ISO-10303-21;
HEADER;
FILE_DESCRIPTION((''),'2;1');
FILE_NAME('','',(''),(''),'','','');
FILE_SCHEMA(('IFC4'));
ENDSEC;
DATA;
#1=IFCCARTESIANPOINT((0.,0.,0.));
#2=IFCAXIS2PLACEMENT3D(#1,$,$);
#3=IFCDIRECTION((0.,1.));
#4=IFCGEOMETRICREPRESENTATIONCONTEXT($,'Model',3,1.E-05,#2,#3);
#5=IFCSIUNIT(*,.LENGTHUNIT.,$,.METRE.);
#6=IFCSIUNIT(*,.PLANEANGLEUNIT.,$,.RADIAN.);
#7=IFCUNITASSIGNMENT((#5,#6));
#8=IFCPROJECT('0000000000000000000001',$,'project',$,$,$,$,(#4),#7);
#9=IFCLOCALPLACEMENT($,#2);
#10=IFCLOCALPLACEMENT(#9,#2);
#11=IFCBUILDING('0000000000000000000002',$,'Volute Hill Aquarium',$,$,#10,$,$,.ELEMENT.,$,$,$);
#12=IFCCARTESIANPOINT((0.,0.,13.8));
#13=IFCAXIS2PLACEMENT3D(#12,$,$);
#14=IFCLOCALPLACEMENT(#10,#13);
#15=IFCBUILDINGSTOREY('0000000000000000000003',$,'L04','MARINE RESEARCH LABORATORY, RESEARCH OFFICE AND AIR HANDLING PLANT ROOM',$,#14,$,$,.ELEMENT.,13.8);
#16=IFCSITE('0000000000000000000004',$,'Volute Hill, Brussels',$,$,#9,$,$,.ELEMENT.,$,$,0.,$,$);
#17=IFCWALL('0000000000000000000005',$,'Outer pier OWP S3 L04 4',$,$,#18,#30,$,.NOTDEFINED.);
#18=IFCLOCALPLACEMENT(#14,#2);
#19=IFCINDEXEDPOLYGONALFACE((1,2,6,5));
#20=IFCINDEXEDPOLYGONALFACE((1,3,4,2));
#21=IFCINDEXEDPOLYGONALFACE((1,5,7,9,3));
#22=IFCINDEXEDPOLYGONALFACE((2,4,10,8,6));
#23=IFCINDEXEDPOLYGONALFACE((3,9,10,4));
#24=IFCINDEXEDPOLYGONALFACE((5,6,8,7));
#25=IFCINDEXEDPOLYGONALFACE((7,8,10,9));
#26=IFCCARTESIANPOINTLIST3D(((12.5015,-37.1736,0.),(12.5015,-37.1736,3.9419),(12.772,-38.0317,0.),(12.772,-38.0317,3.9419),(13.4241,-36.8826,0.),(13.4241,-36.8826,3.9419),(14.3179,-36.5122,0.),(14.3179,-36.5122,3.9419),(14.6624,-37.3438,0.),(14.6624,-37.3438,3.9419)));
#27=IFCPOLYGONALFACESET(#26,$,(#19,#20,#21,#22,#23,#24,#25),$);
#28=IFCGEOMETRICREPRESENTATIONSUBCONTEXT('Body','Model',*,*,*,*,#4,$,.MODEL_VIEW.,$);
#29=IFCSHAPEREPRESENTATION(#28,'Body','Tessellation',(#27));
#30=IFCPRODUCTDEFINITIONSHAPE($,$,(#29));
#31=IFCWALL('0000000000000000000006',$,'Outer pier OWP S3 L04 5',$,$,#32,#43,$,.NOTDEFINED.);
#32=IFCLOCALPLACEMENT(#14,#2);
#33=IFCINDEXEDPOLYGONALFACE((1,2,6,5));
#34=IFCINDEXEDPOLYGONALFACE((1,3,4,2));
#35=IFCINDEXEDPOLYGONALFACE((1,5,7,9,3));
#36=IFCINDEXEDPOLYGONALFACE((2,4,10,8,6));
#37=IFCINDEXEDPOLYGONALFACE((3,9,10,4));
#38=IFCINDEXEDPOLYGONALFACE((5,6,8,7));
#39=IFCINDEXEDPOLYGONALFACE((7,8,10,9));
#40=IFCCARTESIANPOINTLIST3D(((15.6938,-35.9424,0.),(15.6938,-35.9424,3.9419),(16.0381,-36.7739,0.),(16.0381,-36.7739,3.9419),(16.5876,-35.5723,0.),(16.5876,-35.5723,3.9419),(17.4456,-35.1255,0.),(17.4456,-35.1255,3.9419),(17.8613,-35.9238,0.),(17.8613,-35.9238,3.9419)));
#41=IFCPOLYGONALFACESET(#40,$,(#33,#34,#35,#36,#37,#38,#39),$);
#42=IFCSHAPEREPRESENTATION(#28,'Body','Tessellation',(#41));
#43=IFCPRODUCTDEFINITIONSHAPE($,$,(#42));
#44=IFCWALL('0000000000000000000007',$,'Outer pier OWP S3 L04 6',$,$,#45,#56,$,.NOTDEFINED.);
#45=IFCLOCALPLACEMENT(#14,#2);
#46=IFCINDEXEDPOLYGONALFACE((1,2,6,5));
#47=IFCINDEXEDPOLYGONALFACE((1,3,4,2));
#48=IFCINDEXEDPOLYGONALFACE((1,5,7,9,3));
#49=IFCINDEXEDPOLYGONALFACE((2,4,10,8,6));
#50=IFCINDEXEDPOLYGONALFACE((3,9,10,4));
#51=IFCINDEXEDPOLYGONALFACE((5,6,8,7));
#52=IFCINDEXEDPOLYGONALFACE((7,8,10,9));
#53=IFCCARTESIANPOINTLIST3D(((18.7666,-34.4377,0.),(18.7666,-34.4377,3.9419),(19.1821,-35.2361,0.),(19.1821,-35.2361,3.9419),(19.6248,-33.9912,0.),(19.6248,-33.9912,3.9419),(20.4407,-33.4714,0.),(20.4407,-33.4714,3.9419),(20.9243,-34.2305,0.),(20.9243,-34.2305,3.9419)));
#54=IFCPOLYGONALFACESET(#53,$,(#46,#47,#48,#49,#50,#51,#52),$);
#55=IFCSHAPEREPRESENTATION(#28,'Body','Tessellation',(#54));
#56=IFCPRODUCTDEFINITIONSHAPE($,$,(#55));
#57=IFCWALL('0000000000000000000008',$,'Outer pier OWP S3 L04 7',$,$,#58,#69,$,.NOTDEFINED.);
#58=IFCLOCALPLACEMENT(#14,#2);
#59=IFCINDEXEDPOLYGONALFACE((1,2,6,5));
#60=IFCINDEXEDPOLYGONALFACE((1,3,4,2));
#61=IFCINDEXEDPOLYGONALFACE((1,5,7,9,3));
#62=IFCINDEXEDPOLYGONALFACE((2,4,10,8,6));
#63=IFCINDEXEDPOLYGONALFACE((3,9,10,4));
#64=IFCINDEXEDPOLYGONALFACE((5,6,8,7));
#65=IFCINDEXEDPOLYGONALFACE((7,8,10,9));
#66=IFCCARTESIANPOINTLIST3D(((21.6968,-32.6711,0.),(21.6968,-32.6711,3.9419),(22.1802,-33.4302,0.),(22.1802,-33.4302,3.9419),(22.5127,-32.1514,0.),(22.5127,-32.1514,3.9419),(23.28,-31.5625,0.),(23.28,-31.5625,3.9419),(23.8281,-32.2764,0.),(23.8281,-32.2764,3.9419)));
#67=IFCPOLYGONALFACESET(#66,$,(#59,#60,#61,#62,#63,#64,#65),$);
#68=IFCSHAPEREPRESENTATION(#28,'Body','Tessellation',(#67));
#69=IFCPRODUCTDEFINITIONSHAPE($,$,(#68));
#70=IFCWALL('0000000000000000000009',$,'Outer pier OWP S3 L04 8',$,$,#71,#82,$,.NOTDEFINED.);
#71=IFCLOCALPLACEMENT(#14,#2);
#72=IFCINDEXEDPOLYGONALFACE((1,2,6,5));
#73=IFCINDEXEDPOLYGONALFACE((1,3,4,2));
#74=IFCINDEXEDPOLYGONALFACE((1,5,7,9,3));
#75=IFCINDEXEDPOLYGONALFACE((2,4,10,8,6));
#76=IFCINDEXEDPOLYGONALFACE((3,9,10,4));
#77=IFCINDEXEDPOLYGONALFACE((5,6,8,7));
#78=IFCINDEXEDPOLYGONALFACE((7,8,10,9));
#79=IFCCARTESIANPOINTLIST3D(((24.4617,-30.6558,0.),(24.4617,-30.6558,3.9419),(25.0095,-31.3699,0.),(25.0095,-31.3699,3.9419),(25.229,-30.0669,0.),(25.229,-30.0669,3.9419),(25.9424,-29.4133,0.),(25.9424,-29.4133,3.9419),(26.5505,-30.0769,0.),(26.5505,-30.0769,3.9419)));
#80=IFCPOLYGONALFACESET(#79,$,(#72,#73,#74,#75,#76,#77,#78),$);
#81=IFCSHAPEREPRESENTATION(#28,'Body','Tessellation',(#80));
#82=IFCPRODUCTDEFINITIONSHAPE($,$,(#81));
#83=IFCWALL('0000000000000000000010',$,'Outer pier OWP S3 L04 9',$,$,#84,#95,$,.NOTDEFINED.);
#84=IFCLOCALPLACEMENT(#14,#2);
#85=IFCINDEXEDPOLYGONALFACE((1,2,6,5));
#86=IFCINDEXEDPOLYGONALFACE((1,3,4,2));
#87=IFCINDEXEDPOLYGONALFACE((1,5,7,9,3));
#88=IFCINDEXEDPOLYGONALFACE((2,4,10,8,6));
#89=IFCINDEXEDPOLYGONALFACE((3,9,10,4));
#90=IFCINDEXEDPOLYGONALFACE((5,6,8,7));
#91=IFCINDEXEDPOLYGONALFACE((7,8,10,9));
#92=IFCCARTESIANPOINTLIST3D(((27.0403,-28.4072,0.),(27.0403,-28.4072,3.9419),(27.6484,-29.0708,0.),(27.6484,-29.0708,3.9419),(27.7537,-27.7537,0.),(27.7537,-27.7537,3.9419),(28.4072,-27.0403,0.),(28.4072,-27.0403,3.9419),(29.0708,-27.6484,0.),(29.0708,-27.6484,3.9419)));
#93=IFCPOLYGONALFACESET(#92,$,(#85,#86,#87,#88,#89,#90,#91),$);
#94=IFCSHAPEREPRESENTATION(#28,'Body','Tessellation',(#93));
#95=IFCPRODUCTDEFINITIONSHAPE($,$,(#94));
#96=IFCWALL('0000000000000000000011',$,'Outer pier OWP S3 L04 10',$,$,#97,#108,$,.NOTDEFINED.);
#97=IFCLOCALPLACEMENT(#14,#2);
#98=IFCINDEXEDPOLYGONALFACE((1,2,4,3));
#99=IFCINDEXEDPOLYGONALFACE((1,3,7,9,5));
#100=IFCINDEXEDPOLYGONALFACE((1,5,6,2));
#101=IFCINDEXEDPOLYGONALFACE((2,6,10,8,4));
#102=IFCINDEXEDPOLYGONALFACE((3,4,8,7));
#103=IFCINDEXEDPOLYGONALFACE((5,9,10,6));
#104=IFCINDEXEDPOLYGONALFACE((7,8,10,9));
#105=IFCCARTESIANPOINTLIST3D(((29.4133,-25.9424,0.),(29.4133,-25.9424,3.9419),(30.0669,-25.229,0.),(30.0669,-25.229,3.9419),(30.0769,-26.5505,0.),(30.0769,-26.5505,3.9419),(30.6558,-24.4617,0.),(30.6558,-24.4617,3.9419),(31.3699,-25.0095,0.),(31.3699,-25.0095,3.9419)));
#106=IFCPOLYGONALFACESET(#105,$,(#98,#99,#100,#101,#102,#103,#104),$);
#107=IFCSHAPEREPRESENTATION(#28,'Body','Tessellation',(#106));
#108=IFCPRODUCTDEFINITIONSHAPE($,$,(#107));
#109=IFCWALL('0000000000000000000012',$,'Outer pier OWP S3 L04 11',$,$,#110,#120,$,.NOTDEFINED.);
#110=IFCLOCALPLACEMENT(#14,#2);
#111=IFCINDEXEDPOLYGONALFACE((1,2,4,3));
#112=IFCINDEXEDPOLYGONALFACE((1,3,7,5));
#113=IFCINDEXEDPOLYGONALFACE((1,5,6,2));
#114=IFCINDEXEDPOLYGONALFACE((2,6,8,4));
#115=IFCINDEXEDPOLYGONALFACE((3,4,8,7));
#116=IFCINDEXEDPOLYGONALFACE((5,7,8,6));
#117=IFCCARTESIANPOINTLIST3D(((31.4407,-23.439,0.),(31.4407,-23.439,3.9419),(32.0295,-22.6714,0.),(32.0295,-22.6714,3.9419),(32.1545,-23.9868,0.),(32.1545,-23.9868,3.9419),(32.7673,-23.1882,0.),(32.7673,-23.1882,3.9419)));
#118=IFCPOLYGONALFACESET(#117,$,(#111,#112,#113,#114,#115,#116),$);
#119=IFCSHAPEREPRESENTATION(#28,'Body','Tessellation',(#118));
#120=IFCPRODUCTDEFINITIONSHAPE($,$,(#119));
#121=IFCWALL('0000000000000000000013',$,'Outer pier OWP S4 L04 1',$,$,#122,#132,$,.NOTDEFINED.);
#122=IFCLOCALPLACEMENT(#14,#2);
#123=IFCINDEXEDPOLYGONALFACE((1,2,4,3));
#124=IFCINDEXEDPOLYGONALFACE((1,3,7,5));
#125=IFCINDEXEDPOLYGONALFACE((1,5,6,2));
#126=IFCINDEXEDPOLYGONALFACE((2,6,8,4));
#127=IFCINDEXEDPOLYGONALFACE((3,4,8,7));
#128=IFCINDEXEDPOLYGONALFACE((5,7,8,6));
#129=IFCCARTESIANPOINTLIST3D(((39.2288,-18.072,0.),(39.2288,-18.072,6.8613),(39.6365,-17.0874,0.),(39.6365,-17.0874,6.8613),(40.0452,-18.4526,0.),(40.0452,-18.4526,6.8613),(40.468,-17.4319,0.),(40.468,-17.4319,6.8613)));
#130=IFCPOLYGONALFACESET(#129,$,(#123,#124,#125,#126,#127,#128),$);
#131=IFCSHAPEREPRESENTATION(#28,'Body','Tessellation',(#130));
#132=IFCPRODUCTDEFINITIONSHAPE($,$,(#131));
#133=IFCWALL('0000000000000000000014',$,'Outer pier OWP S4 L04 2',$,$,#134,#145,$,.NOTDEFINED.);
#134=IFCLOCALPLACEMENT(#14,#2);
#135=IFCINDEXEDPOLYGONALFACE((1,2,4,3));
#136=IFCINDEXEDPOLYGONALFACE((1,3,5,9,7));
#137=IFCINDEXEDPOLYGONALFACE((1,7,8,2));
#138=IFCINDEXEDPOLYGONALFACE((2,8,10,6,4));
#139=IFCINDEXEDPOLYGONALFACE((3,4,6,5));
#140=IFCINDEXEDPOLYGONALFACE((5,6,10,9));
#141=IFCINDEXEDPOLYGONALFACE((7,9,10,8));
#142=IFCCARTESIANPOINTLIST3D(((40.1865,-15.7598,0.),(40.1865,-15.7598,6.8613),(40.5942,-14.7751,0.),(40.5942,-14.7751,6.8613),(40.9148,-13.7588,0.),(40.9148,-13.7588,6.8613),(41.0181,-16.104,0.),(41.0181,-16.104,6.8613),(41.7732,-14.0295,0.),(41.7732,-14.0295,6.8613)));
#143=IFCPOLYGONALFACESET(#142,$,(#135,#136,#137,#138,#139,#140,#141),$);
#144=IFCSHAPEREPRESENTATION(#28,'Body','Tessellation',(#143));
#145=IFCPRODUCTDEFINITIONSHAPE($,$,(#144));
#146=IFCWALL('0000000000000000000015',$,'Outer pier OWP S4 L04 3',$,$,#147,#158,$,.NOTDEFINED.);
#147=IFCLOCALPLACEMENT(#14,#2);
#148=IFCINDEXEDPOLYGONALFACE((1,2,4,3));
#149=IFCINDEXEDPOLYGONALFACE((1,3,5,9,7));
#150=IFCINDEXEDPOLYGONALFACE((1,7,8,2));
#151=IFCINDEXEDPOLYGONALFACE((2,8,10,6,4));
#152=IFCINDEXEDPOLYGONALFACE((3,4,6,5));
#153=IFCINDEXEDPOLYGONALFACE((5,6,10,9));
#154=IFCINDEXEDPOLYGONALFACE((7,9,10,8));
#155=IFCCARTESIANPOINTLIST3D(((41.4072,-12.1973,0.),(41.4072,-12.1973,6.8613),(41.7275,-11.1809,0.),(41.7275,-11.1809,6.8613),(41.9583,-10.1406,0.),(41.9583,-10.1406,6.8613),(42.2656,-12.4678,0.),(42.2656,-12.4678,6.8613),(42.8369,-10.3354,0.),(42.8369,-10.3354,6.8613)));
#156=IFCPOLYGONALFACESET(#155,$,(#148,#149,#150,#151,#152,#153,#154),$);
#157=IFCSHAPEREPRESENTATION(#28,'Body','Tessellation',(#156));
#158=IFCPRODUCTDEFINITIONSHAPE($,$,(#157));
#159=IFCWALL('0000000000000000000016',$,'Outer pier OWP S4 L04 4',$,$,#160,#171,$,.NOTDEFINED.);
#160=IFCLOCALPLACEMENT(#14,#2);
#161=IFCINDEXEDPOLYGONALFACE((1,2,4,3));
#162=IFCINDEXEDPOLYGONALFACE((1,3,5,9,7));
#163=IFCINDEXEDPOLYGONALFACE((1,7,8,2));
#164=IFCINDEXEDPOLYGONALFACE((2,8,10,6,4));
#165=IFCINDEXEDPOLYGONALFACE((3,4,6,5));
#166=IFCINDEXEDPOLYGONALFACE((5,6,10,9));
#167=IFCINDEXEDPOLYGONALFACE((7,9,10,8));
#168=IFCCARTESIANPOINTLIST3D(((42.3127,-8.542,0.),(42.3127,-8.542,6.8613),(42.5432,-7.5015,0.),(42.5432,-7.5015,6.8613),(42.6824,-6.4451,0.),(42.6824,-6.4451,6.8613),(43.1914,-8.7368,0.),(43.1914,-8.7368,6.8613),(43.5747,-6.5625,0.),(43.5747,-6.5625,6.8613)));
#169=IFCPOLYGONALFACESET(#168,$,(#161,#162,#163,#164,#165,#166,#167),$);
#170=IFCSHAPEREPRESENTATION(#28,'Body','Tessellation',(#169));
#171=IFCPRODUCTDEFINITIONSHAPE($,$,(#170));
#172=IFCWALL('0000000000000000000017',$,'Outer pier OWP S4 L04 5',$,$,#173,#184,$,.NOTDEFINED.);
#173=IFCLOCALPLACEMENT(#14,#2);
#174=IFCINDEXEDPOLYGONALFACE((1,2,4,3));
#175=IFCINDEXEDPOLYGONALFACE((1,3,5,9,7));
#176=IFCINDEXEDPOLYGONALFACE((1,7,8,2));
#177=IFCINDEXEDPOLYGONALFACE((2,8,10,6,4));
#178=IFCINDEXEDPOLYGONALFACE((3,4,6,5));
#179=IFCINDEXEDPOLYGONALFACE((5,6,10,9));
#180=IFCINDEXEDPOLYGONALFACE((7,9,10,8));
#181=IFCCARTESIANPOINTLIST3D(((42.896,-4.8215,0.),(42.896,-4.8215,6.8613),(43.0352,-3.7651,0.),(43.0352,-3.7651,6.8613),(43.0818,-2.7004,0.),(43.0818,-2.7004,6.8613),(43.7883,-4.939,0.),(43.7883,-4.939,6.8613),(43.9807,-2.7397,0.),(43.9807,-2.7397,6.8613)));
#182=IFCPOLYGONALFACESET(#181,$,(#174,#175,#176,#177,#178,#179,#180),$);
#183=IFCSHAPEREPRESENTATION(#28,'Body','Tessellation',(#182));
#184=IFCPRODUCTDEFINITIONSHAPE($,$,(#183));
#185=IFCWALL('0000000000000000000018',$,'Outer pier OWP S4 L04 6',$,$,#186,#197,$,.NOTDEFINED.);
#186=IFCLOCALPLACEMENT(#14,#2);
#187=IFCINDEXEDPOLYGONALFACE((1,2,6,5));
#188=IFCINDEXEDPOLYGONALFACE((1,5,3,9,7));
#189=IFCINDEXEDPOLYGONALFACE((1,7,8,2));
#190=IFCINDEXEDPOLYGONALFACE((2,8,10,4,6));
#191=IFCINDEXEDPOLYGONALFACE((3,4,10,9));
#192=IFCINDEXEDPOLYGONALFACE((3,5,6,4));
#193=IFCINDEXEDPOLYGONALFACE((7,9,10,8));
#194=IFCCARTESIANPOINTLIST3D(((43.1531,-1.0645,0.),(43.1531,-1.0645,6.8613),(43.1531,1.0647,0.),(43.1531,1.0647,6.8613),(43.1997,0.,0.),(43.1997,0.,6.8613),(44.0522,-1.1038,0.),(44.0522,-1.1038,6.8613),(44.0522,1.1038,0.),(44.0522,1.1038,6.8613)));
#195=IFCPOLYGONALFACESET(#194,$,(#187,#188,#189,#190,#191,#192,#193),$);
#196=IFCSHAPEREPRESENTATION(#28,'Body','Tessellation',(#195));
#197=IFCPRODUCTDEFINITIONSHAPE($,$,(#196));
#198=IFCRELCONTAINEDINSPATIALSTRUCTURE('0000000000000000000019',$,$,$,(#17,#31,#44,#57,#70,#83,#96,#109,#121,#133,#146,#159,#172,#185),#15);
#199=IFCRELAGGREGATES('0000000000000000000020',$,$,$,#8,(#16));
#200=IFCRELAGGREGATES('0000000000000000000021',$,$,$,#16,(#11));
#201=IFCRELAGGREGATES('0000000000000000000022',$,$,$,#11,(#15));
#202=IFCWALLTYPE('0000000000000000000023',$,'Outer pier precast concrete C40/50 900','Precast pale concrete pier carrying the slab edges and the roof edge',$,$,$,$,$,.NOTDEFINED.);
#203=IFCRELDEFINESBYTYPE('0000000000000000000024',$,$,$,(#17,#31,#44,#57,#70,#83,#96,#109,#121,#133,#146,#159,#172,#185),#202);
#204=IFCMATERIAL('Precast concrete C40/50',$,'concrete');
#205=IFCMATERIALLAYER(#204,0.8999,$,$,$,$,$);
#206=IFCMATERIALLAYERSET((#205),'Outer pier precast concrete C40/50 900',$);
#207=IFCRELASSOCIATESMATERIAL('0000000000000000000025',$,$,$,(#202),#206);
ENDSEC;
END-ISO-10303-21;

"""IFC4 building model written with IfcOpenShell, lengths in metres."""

from ifc_helpers import new_model, si_unit, direction, frame, origin, place, context, subcontext, project, spatial, polyline, outline, extrude, material, layer, layer_set, type_object, element, save


model = new_model("IFC4")

# Units and contexts
model_context = context("Model", 3, precision=1e-05, world=origin(), true_north=direction((0.0, 1.0)))
body_context = subcontext(model_context, "Body", "Model", "MODEL_VIEW")
ifc_project = project(units=[si_unit("LENGTHUNIT", "METRE"), si_unit("PLANEANGLEUNIT", "RADIAN")], contexts=[model_context])

# Site, building, storey
site_placement = place(None, origin())
site = spatial("IfcSite", under=ifc_project, at=site_placement, Name="Volute Hill, Brussels", CompositionType="ELEMENT", RefElevation=0.0)
building_placement = place(site_placement, origin())
building = spatial("IfcBuilding", under=site, at=building_placement, Name="Volute Hill Aquarium", CompositionType="ELEMENT")
storey_placement = place(building_placement, frame((0.0, 0.0, 13.8)))
storey = spatial("IfcBuildingStorey", under=building, at=storey_placement, Name="L04", Description="MARINE RESEARCH LABORATORY, RESEARCH OFFICE AND AIR HANDLING PLANT ROOM", CompositionType="ELEMENT", Elevation=13.8)

# Walls
ifc_material = material(Name="Precast concrete C40/50", Category="concrete")
ifc_layer = layer(ifc_material, 0.8999)
ifc_layer_set = layer_set([ifc_layer], Name="Outer pier precast concrete C40/50 900")
wall_type = type_object("IfcWallType", Name="Outer pier precast concrete C40/50 900", Description="Precast pale concrete pier carrying the slab edges and the roof edge", PredefinedType="NOTDEFINED", material=ifc_layer_set)
wall_1_placement = place(storey_placement, origin())
element("IfcWall", 1, at=wall_1_placement, inside=storey, type_object=wall_type, Name="Outer pier OWP S3 L04 4", PredefinedType="NOTDEFINED", context=body_context, shape_type="SweptSolid", body=[
    extrude(outline(polyline([(12.5015, -37.1736), (12.772, -38.0317), (14.6624, -37.3438), (14.3179, -36.5122), (13.4241, -36.8826), (12.5015, -37.1736)])), origin(), (0.0, 0.0, 1.0), 3.9419),
])
wall_2_placement = place(storey_placement, origin())
element("IfcWall", 2, at=wall_2_placement, inside=storey, type_object=wall_type, Name="Outer pier OWP S3 L04 5", PredefinedType="NOTDEFINED", context=body_context, shape_type="SweptSolid", body=[
    extrude(outline(polyline([(15.6938, -35.9424), (16.0381, -36.7739), (17.8613, -35.9238), (17.4456, -35.1255), (16.5876, -35.5723), (15.6938, -35.9424)])), origin(), (0.0, 0.0, 1.0), 3.9419),
])
wall_3_placement = place(storey_placement, origin())
element("IfcWall", 3, at=wall_3_placement, inside=storey, type_object=wall_type, Name="Outer pier OWP S3 L04 6", PredefinedType="NOTDEFINED", context=body_context, shape_type="SweptSolid", body=[
    extrude(outline(polyline([(18.7666, -34.4377), (19.1821, -35.2361), (20.9243, -34.2305), (20.4407, -33.4714), (19.6248, -33.9912), (18.7666, -34.4377)])), origin(), (0.0, 0.0, 1.0), 3.9419),
])
wall_4_placement = place(storey_placement, origin())
element("IfcWall", 4, at=wall_4_placement, inside=storey, type_object=wall_type, Name="Outer pier OWP S3 L04 7", PredefinedType="NOTDEFINED", context=body_context, shape_type="SweptSolid", body=[
    extrude(outline(polyline([(21.6968, -32.6711), (22.1802, -33.4302), (23.8281, -32.2764), (23.28, -31.5625), (22.5127, -32.1514), (21.6968, -32.6711)])), origin(), (0.0, 0.0, 1.0), 3.9419),
])
wall_5_placement = place(storey_placement, origin())
element("IfcWall", 5, at=wall_5_placement, inside=storey, type_object=wall_type, Name="Outer pier OWP S3 L04 8", PredefinedType="NOTDEFINED", context=body_context, shape_type="SweptSolid", body=[
    extrude(outline(polyline([(24.4617, -30.6558), (25.0095, -31.3699), (26.5505, -30.0769), (25.9424, -29.4133), (25.229, -30.0669), (24.4617, -30.6558)])), origin(), (0.0, 0.0, 1.0), 3.9419),
])
wall_6_placement = place(storey_placement, origin())
element("IfcWall", 6, at=wall_6_placement, inside=storey, type_object=wall_type, Name="Outer pier OWP S3 L04 9", PredefinedType="NOTDEFINED", context=body_context, shape_type="SweptSolid", body=[
    extrude(outline(polyline([(27.0403, -28.4072), (27.6484, -29.0708), (29.0708, -27.6484), (28.4072, -27.0403), (27.7537, -27.7537), (27.0403, -28.4072)])), origin(), (0.0, 0.0, 1.0), 3.9419),
])
wall_7_placement = place(storey_placement, origin())
element("IfcWall", 7, at=wall_7_placement, inside=storey, type_object=wall_type, Name="Outer pier OWP S3 L04 10", PredefinedType="NOTDEFINED", context=body_context, shape_type="SweptSolid", body=[
    extrude(outline(polyline([(29.4133, -25.9424), (30.0769, -26.5505), (31.3699, -25.0095), (30.6558, -24.4617), (30.0669, -25.229), (29.4133, -25.9424)])), origin(), (0.0, 0.0, 1.0), 3.9419),
])
wall_8_placement = place(storey_placement, origin())
element("IfcWall", 8, at=wall_8_placement, inside=storey, type_object=wall_type, Name="Outer pier OWP S3 L04 11", PredefinedType="NOTDEFINED", context=body_context, shape_type="SweptSolid", body=[
    extrude(outline(polyline([(31.4407, -23.439), (32.1545, -23.9868), (32.7673, -23.1882), (32.0295, -22.6714), (31.4407, -23.439)])), origin(), (0.0, 0.0, 1.0), 3.9419),
])
wall_9_placement = place(storey_placement, origin())
element("IfcWall", 9, at=wall_9_placement, inside=storey, type_object=wall_type, Name="Outer pier OWP S4 L04 1", PredefinedType="NOTDEFINED", context=body_context, shape_type="SweptSolid", body=[
    extrude(outline(polyline([(39.2288, -18.072), (40.0452, -18.4526), (40.468, -17.4319), (39.6365, -17.0874), (39.2288, -18.072)])), origin(), (0.0, 0.0, 1.0), 6.8613),
])
wall_10_placement = place(storey_placement, origin())
element("IfcWall", 10, at=wall_10_placement, inside=storey, type_object=wall_type, Name="Outer pier OWP S4 L04 2", PredefinedType="NOTDEFINED", context=body_context, shape_type="SweptSolid", body=[
    extrude(outline(polyline([(40.1865, -15.7598), (41.0181, -16.104), (41.7732, -14.0295), (40.9148, -13.7588), (40.5942, -14.7751), (40.1865, -15.7598)])), origin(), (0.0, 0.0, 1.0), 6.8613),
])
wall_11_placement = place(storey_placement, origin())
element("IfcWall", 11, at=wall_11_placement, inside=storey, type_object=wall_type, Name="Outer pier OWP S4 L04 3", PredefinedType="NOTDEFINED", context=body_context, shape_type="SweptSolid", body=[
    extrude(outline(polyline([(41.4072, -12.1973), (42.2656, -12.4678), (42.8369, -10.3354), (41.9583, -10.1406), (41.7275, -11.1809), (41.4072, -12.1973)])), origin(), (0.0, 0.0, 1.0), 6.8613),
])
wall_12_placement = place(storey_placement, origin())
element("IfcWall", 12, at=wall_12_placement, inside=storey, type_object=wall_type, Name="Outer pier OWP S4 L04 4", PredefinedType="NOTDEFINED", context=body_context, shape_type="SweptSolid", body=[
    extrude(outline(polyline([(42.3127, -8.542), (43.1914, -8.7368), (43.5747, -6.5625), (42.6824, -6.4451), (42.5432, -7.5015), (42.3127, -8.542)])), origin(), (0.0, 0.0, 1.0), 6.8613),
])
wall_13_placement = place(storey_placement, origin())
element("IfcWall", 13, at=wall_13_placement, inside=storey, type_object=wall_type, Name="Outer pier OWP S4 L04 5", PredefinedType="NOTDEFINED", context=body_context, shape_type="SweptSolid", body=[
    extrude(outline(polyline([(42.896, -4.8215), (43.7883, -4.939), (43.9807, -2.7397), (43.0818, -2.7004), (43.0352, -3.7651), (42.896, -4.8215)])), origin(), (0.0, 0.0, 1.0), 6.8613),
])
wall_14_placement = place(storey_placement, origin())
element("IfcWall", 14, at=wall_14_placement, inside=storey, type_object=wall_type, Name="Outer pier OWP S4 L04 6", PredefinedType="NOTDEFINED", context=body_context, shape_type="SweptSolid", body=[
    extrude(outline(polyline([(43.1531, -1.0645), (44.0522, -1.1038), (44.0522, 1.1038), (43.1531, 1.0647), (43.1997, 0.0), (43.1531, -1.0645)])), origin(), (0.0, 0.0, 1.0), 6.8613),
])

save(model, "model.ifc")
